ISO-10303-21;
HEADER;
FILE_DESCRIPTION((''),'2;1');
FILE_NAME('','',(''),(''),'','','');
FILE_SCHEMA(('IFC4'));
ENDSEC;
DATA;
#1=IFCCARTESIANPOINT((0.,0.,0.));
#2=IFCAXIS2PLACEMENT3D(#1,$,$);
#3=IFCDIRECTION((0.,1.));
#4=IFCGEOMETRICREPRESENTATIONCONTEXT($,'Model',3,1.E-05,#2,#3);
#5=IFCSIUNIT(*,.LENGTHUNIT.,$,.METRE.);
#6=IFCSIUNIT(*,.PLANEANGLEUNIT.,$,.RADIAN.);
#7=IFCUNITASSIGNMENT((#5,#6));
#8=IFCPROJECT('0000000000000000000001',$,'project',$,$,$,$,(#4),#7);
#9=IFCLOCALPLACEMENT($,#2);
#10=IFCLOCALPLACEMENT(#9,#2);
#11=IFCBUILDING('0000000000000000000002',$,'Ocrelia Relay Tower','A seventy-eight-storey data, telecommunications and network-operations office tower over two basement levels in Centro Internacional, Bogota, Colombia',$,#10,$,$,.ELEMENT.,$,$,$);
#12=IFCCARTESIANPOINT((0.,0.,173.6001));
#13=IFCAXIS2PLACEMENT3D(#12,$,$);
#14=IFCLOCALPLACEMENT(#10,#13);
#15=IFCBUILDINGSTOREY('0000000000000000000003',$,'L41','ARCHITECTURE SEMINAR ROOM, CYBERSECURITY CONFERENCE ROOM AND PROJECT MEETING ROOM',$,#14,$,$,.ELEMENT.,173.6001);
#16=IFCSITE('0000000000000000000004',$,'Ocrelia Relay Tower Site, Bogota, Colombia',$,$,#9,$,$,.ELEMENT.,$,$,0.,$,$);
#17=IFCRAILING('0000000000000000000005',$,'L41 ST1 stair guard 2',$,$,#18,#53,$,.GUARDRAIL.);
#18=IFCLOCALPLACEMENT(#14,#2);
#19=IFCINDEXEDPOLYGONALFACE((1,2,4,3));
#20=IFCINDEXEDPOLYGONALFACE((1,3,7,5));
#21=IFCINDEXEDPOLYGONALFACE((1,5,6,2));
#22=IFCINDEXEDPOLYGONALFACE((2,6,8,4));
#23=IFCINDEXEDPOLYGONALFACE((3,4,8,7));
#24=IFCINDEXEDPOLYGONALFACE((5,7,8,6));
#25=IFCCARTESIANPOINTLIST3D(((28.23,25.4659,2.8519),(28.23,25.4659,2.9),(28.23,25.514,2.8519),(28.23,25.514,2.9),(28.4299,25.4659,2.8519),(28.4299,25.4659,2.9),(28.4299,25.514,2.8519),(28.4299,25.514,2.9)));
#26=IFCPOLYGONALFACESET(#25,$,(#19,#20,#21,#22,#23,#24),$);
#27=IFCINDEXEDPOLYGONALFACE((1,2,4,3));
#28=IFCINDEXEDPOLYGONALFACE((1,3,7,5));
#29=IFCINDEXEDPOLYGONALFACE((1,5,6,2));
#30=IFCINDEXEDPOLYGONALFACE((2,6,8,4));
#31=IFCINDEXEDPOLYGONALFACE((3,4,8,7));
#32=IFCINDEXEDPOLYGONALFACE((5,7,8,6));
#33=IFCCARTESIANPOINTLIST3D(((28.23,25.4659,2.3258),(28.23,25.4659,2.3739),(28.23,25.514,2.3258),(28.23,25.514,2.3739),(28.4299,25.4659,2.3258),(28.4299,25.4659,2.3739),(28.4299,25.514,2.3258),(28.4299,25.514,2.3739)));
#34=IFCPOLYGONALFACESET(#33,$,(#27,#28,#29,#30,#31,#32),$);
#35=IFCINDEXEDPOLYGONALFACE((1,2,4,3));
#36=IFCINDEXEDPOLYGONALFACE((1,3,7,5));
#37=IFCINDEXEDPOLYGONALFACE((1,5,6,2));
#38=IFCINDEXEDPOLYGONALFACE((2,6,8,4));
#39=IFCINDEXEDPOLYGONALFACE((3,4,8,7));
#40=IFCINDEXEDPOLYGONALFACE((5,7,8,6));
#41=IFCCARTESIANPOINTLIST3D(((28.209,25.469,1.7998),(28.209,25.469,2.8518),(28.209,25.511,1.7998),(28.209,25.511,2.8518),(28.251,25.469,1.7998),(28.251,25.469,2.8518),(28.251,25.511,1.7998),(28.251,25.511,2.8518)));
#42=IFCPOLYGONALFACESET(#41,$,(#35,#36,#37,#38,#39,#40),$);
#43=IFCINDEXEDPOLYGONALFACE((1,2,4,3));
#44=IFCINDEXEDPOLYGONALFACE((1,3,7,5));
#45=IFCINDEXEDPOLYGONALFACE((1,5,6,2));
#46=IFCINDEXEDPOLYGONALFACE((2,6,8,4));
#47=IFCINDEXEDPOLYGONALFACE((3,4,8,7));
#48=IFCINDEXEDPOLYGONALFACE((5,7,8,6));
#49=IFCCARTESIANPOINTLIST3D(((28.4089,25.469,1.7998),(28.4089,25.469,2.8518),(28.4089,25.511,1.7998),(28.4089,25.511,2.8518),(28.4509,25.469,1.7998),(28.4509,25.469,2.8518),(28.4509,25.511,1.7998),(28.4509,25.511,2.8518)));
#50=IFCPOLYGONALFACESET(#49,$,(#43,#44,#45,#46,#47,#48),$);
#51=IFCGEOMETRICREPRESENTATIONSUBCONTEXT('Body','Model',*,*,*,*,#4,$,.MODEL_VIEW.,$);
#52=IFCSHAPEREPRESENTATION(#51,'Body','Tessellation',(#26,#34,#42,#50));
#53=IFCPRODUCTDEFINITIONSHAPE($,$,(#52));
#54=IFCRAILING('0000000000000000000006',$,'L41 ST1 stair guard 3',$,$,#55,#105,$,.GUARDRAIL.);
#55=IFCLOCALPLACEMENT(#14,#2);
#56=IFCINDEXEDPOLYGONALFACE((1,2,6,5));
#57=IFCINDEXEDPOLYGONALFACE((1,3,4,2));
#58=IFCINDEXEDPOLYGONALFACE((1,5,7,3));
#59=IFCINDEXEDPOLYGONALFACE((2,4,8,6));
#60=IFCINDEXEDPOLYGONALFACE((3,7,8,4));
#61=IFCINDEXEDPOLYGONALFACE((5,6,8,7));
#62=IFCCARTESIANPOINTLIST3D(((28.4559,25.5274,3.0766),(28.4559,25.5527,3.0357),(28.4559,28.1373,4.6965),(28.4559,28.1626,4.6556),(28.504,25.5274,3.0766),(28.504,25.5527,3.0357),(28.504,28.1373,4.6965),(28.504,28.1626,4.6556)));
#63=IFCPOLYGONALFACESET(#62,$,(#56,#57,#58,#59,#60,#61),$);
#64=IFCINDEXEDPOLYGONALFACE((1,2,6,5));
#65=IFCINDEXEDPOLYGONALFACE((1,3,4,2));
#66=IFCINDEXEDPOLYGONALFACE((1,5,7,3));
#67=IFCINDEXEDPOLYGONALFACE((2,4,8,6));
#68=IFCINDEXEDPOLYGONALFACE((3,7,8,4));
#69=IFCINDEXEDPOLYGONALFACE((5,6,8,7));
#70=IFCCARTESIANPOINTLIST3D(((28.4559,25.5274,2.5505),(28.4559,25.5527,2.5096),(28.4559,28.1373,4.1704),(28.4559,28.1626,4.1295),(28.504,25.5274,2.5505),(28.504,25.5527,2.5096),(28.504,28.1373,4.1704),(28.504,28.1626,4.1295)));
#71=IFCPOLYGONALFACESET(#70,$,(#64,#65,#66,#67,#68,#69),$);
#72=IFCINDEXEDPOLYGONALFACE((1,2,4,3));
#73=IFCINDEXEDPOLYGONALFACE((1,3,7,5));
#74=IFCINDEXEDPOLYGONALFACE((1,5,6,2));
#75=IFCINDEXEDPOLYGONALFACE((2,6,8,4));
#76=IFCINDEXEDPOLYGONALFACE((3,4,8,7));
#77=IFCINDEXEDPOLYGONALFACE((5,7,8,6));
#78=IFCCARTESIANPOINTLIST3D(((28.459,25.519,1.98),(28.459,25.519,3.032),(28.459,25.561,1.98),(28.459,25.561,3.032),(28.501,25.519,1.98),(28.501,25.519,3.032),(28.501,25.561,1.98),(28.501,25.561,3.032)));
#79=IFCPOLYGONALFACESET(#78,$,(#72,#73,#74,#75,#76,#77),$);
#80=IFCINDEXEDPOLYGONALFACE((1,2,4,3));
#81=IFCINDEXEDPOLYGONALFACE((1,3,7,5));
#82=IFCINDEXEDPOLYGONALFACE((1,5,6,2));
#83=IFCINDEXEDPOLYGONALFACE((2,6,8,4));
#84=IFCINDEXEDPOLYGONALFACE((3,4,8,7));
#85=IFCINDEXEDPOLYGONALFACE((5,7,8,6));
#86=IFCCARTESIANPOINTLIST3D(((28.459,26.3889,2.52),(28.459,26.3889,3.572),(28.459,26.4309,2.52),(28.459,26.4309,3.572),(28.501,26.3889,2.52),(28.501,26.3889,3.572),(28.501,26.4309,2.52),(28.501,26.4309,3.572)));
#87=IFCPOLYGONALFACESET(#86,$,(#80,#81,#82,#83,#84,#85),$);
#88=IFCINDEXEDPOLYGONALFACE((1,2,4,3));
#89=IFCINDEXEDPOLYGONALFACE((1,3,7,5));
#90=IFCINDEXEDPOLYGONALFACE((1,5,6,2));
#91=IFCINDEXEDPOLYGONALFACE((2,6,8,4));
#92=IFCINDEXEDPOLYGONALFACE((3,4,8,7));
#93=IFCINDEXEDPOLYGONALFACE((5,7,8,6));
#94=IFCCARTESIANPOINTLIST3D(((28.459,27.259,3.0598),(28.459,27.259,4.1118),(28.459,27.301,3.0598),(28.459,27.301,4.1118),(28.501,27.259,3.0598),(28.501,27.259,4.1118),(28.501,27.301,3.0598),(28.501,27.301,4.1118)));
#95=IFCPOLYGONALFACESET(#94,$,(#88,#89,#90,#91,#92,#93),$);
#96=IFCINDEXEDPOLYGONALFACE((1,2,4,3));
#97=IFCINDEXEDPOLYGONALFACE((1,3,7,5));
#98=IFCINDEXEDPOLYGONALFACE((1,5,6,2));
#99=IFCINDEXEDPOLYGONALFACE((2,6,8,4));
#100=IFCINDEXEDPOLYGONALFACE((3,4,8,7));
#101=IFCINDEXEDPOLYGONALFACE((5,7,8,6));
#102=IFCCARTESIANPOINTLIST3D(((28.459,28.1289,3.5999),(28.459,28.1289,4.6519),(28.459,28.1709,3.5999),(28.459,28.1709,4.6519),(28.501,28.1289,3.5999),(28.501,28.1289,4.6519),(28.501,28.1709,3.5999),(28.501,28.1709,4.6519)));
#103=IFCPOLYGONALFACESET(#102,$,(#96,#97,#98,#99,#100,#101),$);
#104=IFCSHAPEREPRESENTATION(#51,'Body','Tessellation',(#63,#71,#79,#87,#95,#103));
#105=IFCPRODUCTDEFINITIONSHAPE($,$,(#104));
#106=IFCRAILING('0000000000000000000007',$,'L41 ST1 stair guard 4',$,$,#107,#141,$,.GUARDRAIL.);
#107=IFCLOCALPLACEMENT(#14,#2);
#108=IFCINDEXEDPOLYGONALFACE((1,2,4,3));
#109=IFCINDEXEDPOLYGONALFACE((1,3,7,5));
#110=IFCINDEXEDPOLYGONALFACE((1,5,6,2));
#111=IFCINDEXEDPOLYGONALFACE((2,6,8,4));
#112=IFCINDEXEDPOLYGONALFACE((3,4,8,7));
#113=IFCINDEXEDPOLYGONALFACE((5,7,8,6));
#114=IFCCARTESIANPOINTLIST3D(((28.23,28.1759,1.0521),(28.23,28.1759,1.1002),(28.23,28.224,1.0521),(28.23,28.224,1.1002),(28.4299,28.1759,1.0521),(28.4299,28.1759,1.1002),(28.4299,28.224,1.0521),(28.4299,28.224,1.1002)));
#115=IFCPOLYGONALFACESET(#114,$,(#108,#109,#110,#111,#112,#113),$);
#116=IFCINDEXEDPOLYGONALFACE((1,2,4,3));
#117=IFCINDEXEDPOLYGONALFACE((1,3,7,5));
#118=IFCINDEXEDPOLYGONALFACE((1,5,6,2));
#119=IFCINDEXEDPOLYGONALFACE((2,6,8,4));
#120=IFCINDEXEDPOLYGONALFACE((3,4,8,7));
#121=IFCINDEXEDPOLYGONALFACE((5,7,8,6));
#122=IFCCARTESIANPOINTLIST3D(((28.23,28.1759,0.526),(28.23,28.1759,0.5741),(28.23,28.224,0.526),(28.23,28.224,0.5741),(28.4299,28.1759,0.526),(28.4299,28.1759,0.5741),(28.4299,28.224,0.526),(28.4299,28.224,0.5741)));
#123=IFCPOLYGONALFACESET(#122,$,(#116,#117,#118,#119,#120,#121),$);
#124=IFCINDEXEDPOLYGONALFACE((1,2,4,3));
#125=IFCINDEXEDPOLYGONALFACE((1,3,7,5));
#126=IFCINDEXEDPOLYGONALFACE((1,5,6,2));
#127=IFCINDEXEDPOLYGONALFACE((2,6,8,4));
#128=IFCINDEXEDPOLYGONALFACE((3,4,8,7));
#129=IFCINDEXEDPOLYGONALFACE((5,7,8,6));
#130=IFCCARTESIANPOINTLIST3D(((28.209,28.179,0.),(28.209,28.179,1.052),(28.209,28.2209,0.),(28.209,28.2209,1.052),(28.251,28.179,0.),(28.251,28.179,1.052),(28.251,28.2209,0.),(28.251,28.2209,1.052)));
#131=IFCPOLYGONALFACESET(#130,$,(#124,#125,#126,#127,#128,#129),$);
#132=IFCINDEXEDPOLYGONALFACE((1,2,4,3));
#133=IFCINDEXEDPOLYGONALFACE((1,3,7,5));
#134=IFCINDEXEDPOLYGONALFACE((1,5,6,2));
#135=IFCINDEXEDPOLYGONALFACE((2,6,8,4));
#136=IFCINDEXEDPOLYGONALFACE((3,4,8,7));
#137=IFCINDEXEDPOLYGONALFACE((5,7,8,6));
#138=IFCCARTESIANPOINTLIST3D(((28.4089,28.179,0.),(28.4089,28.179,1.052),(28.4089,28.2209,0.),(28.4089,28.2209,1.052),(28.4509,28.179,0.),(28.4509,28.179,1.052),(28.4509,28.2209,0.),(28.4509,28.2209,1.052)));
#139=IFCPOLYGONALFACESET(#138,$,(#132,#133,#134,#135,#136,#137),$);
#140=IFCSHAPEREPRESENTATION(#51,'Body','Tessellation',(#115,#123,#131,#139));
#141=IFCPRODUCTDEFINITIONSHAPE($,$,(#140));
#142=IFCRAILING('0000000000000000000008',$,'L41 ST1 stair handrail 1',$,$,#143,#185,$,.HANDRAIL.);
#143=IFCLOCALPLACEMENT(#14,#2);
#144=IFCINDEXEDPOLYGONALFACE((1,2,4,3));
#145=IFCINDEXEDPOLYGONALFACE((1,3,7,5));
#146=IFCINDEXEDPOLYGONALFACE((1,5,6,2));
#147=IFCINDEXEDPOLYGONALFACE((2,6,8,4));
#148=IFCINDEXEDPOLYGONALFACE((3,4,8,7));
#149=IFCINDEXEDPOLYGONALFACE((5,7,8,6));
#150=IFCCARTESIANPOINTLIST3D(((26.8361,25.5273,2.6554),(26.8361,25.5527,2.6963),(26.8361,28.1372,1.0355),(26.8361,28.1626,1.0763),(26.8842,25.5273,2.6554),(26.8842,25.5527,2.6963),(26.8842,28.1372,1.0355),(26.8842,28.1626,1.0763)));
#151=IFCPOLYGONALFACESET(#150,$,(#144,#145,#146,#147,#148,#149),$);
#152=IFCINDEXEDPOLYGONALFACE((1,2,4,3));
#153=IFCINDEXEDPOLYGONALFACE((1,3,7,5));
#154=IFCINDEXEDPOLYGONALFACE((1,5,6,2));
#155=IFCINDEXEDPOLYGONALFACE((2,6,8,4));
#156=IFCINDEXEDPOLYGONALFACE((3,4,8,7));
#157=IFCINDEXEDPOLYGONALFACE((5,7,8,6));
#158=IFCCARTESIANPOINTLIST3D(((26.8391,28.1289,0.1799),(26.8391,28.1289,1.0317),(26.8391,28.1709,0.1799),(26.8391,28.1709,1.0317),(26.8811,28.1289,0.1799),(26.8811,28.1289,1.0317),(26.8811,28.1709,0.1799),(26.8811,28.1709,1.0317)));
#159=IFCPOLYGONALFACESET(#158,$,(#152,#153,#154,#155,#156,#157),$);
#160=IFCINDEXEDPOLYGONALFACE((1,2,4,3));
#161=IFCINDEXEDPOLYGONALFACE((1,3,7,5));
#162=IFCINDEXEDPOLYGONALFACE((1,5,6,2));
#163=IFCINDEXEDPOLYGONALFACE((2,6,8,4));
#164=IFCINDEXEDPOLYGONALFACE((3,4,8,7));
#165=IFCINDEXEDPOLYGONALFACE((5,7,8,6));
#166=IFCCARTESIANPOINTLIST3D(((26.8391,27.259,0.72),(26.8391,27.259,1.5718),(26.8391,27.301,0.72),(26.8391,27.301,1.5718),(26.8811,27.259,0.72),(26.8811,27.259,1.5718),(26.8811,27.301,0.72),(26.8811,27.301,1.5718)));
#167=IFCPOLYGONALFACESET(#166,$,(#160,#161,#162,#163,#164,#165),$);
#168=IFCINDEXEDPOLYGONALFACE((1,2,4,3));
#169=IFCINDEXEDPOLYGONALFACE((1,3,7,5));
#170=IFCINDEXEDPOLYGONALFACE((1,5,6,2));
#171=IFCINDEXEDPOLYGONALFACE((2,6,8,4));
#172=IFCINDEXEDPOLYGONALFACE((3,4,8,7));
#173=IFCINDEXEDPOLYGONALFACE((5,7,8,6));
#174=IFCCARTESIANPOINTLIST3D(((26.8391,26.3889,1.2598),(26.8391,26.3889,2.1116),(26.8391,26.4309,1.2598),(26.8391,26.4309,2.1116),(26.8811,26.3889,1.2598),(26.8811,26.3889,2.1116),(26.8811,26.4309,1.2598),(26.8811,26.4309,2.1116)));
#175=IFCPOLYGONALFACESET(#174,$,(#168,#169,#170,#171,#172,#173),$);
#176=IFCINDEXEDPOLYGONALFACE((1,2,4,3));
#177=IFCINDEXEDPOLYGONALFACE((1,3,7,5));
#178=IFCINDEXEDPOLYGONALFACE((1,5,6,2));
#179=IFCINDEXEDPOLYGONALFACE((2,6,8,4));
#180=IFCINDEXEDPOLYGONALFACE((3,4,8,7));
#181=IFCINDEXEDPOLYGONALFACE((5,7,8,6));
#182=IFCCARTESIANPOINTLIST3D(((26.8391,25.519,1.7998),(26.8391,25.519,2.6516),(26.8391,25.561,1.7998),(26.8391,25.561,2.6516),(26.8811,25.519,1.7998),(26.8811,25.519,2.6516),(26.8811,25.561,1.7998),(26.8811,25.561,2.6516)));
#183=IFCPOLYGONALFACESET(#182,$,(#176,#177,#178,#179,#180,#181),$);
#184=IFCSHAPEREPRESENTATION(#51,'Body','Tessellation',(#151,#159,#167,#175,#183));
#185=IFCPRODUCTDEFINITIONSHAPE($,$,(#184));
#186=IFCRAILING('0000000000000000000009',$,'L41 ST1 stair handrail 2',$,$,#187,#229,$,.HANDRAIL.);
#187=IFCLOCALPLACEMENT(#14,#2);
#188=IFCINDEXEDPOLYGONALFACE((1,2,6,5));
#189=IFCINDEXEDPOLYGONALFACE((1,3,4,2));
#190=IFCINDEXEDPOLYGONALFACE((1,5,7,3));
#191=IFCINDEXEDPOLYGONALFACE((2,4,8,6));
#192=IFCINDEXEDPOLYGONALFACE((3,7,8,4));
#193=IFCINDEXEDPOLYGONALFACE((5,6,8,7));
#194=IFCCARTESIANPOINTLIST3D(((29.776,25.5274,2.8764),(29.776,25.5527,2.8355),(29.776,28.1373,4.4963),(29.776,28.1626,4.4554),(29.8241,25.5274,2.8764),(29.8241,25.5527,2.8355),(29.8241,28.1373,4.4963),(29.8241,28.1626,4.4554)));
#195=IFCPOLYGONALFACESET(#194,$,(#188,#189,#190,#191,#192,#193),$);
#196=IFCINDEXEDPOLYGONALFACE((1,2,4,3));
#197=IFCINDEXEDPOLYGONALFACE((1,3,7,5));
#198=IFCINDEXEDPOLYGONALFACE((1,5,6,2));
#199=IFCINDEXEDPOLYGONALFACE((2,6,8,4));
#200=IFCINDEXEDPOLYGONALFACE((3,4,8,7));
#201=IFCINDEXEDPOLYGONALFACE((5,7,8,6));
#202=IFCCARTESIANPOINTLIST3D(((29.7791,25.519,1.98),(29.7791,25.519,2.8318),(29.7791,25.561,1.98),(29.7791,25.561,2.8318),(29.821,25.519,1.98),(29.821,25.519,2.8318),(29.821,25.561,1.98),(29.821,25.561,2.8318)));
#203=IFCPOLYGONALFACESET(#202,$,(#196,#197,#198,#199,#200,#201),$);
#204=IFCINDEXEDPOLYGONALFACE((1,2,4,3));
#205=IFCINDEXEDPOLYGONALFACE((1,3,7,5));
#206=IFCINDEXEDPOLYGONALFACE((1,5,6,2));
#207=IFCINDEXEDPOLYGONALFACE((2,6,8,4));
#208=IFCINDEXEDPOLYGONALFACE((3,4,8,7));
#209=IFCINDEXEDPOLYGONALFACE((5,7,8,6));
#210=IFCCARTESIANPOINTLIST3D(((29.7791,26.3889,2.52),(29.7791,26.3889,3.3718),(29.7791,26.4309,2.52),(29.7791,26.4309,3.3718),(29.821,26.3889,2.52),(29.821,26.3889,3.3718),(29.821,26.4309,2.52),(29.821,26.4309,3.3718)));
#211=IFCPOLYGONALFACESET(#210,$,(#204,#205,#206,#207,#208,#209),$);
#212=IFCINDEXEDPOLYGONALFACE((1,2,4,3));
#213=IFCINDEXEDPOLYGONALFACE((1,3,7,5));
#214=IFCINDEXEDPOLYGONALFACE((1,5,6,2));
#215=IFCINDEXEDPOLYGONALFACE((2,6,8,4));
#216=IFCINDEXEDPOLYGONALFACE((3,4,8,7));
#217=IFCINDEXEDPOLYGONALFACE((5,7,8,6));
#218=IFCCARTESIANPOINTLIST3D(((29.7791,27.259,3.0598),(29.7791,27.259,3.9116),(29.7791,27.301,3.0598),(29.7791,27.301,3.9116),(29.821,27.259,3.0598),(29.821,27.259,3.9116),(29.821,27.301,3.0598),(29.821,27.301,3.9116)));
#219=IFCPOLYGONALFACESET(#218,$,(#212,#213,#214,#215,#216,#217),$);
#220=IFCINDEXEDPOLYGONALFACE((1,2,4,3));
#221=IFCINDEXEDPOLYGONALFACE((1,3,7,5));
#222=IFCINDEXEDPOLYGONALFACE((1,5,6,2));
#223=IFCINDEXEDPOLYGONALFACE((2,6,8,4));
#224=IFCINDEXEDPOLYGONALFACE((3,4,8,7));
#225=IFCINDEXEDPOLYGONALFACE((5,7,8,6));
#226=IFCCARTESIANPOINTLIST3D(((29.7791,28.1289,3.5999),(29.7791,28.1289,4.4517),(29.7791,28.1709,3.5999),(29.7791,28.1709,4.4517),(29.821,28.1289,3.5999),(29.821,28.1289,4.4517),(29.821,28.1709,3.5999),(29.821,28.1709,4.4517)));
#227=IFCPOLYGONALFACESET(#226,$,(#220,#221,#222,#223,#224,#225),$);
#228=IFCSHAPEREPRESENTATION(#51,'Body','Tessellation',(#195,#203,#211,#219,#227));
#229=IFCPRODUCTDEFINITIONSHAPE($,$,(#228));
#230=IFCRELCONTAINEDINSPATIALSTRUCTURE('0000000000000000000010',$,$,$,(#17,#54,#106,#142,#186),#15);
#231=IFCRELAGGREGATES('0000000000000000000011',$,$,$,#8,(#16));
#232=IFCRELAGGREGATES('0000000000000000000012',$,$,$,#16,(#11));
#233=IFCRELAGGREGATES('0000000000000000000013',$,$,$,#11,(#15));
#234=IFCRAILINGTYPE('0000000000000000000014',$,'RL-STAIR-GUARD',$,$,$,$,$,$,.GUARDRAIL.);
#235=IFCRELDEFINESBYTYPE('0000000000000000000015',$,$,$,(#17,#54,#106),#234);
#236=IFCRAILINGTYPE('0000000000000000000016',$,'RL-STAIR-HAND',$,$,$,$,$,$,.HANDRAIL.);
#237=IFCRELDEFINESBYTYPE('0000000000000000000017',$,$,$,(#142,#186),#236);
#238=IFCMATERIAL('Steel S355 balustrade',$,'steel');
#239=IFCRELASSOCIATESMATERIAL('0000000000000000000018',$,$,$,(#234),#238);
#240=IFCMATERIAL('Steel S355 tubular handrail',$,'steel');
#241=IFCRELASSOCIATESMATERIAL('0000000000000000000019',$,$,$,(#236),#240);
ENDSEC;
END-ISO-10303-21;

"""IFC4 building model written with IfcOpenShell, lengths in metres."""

from ifc_helpers import new_model, si_unit, direction, frame, origin, origin_2d, place, context, subcontext, project, spatial, rectangle, extrude, material, type_object, element, save


model = new_model("IFC4")

# Units and contexts
model_context = context("Model", 3, precision=1e-05, world=origin(), true_north=direction((0.0, 1.0)))
body_context = subcontext(model_context, "Body", "Model", "MODEL_VIEW")
ifc_project = project(units=[si_unit("LENGTHUNIT", "METRE"), si_unit("PLANEANGLEUNIT", "RADIAN")], contexts=[model_context])

# Site, building, storey
site_placement = place(None, origin())
site = spatial("IfcSite", under=ifc_project, at=site_placement, Name="Ocrelia Relay Tower Site, Bogota, Colombia", CompositionType="ELEMENT", RefElevation=0.0)
building_placement = place(site_placement, origin())
building = spatial("IfcBuilding", under=site, at=building_placement, Name="Ocrelia Relay Tower", Description="A seventy-eight-storey data, telecommunications and network-operations office tower over two basement levels in Centro Internacional, Bogota, Colombia", CompositionType="ELEMENT")
storey_placement = place(building_placement, frame((0.0, 0.0, 173.6001)))
storey = spatial("IfcBuildingStorey", under=building, at=storey_placement, Name="L41", Description="ARCHITECTURE SEMINAR ROOM, CYBERSECURITY CONFERENCE ROOM AND PROJECT MEETING ROOM", CompositionType="ELEMENT", Elevation=173.6001)

# Railings
ifc_material_1 = material(Name="Steel S355 balustrade", Category="steel")
railing_type_1 = type_object("IfcRailingType", Name="RL-STAIR-GUARD", PredefinedType="GUARDRAIL", material=ifc_material_1)
railing_1_placement = place(storey_placement, frame((28.23, 25.49, 1.7998)))
element("IfcRailing", 1, at=railing_1_placement, inside=storey, type_object=railing_type_1, Name="L41 ST1 stair guard 2", PredefinedType="GUARDRAIL", context=body_context, shape_type="SweptSolid", body=[
    extrude(rectangle(XDim=0.0481, YDim=0.0481, at=origin_2d()), frame((0.0, 0.0, 1.0762), z_axis=(1.0, 0.0, 0.0), x_axis=(0.0, 1.0, 0.0)), (0.0, 0.0, 1.0), 0.2),
    extrude(rectangle(XDim=0.0481, YDim=0.0481, at=origin_2d()), frame((0.0, 0.0, 0.55), z_axis=(1.0, 0.0, 0.0), x_axis=(0.0, 1.0, 0.0)), (0.0, 0.0, 1.0), 0.2),
    extrude(rectangle(XDim=0.042, YDim=0.042, at=origin_2d()), origin(), (0.0, 0.0, 1.0), 1.052),
    extrude(rectangle(XDim=0.042, YDim=0.042, at=origin_2d()), frame((0.2, 0.0, 0.0)), (0.0, 0.0, 1.0), 1.052),
])
railing_2_placement = place(storey_placement, frame((28.48, 25.54, 1.98)))
element("IfcRailing", 2, at=railing_2_placement, inside=storey, type_object=railing_type_1, Name="L41 ST1 stair guard 3", PredefinedType="GUARDRAIL", context=body_context, shape_type="SweptSolid", body=[
    extrude(rectangle(XDim=0.0481, YDim=0.0481, at=origin_2d()), frame((0.0, 0.0, 1.0762), z_axis=(0.0, 0.849646, 0.527353), x_axis=(-1.0, 0.0, 0.0)), (0.0, 0.0, 1.0), 3.0718),
    extrude(rectangle(XDim=0.0481, YDim=0.0481, at=origin_2d()), frame((0.0, 0.0, 0.55), z_axis=(0.0, 0.849646, 0.527353), x_axis=(-1.0, 0.0, 0.0)), (0.0, 0.0, 1.0), 3.0718),
    extrude(rectangle(XDim=0.042, YDim=0.042, at=origin_2d()), origin(), (0.0, 0.0, 1.0), 1.052),
    extrude(rectangle(XDim=0.042, YDim=0.042, at=origin_2d()), frame((0.0, 0.8699, 0.54)), (0.0, 0.0, 1.0), 1.052),
    extrude(rectangle(XDim=0.042, YDim=0.042, at=origin_2d()), frame((0.0, 1.74, 1.0798)), (0.0, 0.0, 1.0), 1.052),
    extrude(rectangle(XDim=0.042, YDim=0.042, at=origin_2d()), frame((0.0, 2.6099, 1.6199)), (0.0, 0.0, 1.0), 1.052),
])
railing_3_placement = place(storey_placement, frame((28.23, 28.2, 0.0)))
element("IfcRailing", 3, at=railing_3_placement, inside=storey, type_object=railing_type_1, Name="L41 ST1 stair guard 4", PredefinedType="GUARDRAIL", context=body_context, shape_type="SweptSolid", body=[
    extrude(rectangle(XDim=0.0481, YDim=0.0481, at=origin_2d()), frame((0.0, 0.0, 1.0762), z_axis=(1.0, 0.0, 0.0), x_axis=(0.0, 1.0, 0.0)), (0.0, 0.0, 1.0), 0.2),
    extrude(rectangle(XDim=0.0481, YDim=0.0481, at=origin_2d()), frame((0.0, 0.0, 0.55), z_axis=(1.0, 0.0, 0.0), x_axis=(0.0, 1.0, 0.0)), (0.0, 0.0, 1.0), 0.2),
    extrude(rectangle(XDim=0.042, YDim=0.042, at=origin_2d()), origin(), (0.0, 0.0, 1.0), 1.052),
    extrude(rectangle(XDim=0.042, YDim=0.042, at=origin_2d()), frame((0.2, 0.0, 0.0)), (0.0, 0.0, 1.0), 1.052),
])
ifc_material_2 = material(Name="Steel S355 tubular handrail", Category="steel")
railing_type_2 = type_object("IfcRailingType", Name="RL-STAIR-HAND", PredefinedType="HANDRAIL", material=ifc_material_2)
railing_4_placement = place(storey_placement, frame((26.8601, 28.1499, 0.1799)))
element("IfcRailing", 4, at=railing_4_placement, inside=storey, type_object=railing_type_2, Name="L41 ST1 stair handrail 1", PredefinedType="HANDRAIL", context=body_context, shape_type="SweptSolid", body=[
    extrude(rectangle(XDim=0.0481, YDim=0.0481, at=origin_2d()), frame((0.0, 0.0, 0.876), z_axis=(0.0, -0.849646, 0.527353), x_axis=(1.0, 0.0, 0.0)), (0.0, 0.0, 1.0), 3.0718),
    extrude(rectangle(XDim=0.042, YDim=0.042, at=origin_2d()), origin(), (0.0, 0.0, 1.0), 0.8518),
    extrude(rectangle(XDim=0.042, YDim=0.042, at=origin_2d()), frame((0.0, -0.8699, 0.54)), (0.0, 0.0, 1.0), 0.8518),
    extrude(rectangle(XDim=0.042, YDim=0.042, at=origin_2d()), frame((0.0, -1.74, 1.0798)), (0.0, 0.0, 1.0), 0.8518),
    extrude(rectangle(XDim=0.042, YDim=0.042, at=origin_2d()), frame((0.0, -2.6099, 1.6199)), (0.0, 0.0, 1.0), 0.8518),
])
railing_5_placement = place(storey_placement, frame((29.8, 25.54, 1.98)))
element("IfcRailing", 5, at=railing_5_placement, inside=storey, type_object=railing_type_2, Name="L41 ST1 stair handrail 2", PredefinedType="HANDRAIL", context=body_context, shape_type="SweptSolid", body=[
    extrude(rectangle(XDim=0.0481, YDim=0.0481, at=origin_2d()), frame((0.0, 0.0, 0.876), z_axis=(0.0, 0.849646, 0.527353), x_axis=(-1.0, 0.0, 0.0)), (0.0, 0.0, 1.0), 3.0718),
    extrude(rectangle(XDim=0.042, YDim=0.042, at=origin_2d()), origin(), (0.0, 0.0, 1.0), 0.8518),
    extrude(rectangle(XDim=0.042, YDim=0.042, at=origin_2d()), frame((0.0, 0.8699, 0.54)), (0.0, 0.0, 1.0), 0.8518),
    extrude(rectangle(XDim=0.042, YDim=0.042, at=origin_2d()), frame((0.0, 1.74, 1.0798)), (0.0, 0.0, 1.0), 0.8518),
    extrude(rectangle(XDim=0.042, YDim=0.042, at=origin_2d()), frame((0.0, 2.6099, 1.6199)), (0.0, 0.0, 1.0), 0.8518),
])

save(model, "model.ifc")
